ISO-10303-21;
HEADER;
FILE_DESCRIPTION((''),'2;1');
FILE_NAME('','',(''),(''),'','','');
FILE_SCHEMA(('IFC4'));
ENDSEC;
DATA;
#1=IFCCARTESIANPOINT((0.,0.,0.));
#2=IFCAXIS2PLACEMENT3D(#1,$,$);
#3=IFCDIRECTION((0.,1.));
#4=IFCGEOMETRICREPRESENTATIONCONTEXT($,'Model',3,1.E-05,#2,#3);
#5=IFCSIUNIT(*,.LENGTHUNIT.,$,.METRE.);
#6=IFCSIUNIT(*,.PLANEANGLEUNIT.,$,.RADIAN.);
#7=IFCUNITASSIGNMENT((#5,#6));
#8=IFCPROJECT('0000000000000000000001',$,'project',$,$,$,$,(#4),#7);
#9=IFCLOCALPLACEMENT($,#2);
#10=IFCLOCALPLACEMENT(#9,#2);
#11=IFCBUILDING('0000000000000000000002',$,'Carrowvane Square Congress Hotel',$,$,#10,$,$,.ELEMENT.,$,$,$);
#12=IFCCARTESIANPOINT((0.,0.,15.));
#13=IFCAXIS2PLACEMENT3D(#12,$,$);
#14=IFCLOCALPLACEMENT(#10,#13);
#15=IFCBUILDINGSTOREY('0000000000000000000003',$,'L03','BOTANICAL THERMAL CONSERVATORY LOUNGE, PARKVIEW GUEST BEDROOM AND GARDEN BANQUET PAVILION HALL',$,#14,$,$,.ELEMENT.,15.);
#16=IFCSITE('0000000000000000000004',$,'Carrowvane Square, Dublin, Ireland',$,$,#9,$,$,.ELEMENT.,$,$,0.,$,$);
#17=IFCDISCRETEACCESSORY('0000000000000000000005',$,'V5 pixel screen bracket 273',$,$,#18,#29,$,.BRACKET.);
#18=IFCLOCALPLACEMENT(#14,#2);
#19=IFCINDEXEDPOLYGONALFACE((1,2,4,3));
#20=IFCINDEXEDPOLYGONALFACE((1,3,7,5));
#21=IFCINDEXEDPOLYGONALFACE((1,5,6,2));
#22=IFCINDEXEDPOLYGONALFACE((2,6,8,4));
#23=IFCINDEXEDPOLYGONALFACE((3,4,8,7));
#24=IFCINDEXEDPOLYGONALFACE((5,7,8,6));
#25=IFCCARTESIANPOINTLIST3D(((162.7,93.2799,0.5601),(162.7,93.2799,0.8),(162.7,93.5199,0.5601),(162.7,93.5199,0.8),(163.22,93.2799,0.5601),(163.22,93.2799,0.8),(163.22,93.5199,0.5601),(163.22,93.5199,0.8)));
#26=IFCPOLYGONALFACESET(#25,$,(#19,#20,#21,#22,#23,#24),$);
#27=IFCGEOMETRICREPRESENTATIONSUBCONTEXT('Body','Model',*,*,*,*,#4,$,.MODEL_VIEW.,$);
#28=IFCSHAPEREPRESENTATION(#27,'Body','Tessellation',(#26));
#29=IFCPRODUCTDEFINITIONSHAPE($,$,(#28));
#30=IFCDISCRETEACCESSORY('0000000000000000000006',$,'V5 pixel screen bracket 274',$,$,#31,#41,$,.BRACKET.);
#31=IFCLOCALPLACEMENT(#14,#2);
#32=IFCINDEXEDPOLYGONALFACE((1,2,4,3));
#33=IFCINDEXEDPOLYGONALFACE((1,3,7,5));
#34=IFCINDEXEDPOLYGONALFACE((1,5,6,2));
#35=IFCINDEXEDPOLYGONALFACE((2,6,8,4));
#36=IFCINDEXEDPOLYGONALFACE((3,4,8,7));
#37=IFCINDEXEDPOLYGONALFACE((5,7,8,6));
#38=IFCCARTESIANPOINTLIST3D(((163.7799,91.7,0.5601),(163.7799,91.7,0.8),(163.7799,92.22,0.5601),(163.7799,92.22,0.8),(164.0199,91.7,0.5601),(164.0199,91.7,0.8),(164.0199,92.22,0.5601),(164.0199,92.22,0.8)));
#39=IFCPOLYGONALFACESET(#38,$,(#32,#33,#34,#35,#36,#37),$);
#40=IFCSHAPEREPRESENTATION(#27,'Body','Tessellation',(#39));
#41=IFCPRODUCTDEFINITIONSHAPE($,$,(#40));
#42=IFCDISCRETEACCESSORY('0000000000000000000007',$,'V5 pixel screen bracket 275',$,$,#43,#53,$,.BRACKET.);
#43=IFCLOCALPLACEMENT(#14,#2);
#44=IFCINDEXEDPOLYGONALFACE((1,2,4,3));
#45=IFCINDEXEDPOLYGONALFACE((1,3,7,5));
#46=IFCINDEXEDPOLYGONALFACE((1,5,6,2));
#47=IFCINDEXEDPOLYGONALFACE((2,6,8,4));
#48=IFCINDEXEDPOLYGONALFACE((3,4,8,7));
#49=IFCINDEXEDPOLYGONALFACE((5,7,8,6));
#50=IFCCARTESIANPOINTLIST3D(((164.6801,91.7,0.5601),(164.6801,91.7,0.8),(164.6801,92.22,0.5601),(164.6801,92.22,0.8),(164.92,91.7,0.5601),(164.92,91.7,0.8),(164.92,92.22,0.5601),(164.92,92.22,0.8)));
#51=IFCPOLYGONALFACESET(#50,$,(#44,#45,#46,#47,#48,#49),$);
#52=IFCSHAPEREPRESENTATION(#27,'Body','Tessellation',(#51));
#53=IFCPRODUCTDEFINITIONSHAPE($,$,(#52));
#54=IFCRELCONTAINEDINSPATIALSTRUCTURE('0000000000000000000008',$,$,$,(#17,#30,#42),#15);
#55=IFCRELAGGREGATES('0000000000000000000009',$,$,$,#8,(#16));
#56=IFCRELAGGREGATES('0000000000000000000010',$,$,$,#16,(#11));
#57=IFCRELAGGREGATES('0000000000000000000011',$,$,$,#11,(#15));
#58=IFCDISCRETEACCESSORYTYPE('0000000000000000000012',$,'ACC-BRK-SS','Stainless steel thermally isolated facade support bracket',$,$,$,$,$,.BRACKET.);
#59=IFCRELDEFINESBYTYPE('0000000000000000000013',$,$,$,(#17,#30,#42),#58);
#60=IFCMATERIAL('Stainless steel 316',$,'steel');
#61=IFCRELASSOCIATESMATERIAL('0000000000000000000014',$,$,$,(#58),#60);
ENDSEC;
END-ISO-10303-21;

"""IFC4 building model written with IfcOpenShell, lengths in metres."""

from ifc_helpers import new_model, si_unit, direction, frame, origin, origin_2d, place, context, subcontext, project, spatial, rectangle, extrude, material, type_object, element, save


model = new_model("IFC4")

# Units and contexts
model_context = context("Model", 3, precision=1e-05, world=origin(), true_north=direction((0.0, 1.0)))
body_context = subcontext(model_context, "Body", "Model", "MODEL_VIEW")
ifc_project = project(units=[si_unit("LENGTHUNIT", "METRE"), si_unit("PLANEANGLEUNIT", "RADIAN")], contexts=[model_context])

# Site, building, storey
site_placement = place(None, origin())
site = spatial("IfcSite", under=ifc_project, at=site_placement, Name="Carrowvane Square, Dublin, Ireland", CompositionType="ELEMENT", RefElevation=0.0)
building_placement = place(site_placement, origin())
building = spatial("IfcBuilding", under=site, at=building_placement, Name="Carrowvane Square Congress Hotel", CompositionType="ELEMENT")
storey_placement = place(building_placement, frame((0.0, 0.0, 15.0)))
storey = spatial("IfcBuildingStorey", under=building, at=storey_placement, Name="L03", Description="BOTANICAL THERMAL CONSERVATORY LOUNGE, PARKVIEW GUEST BEDROOM AND GARDEN BANQUET PAVILION HALL", CompositionType="ELEMENT", Elevation=15.0)

# Discrete accessories
ifc_material_1 = material(Name="Stainless steel 316", Category="steel")
discrete_accessory_type = type_object("IfcDiscreteAccessoryType", Name="ACC-BRK-SS", Description="Stainless steel thermally isolated facade support bracket", PredefinedType="BRACKET", material=ifc_material_1)
for number, where, z_axis, x_axis, name in (
    (1, (162.96, 93.3999, 0.5601), (0.0, 0.0, 1.0), (0.0, -1.0, 0.0), "V5 pixel screen bracket 273"),
    (2, (163.8999, 91.96, 0.5601), (0.0, 0.0, 1.0), (1.0, 0.0, 0.0), "V5 pixel screen bracket 274"),
    (3, (164.8, 91.96, 0.5601), (0.0, 0.0, 1.0), (1.0, 0.0, 0.0), "V5 pixel screen bracket 275"),
):
    element("IfcDiscreteAccessory", number, at=place(storey_placement, frame(where, z_axis=z_axis, x_axis=x_axis)), inside=storey, type_object=discrete_accessory_type, Name=name, PredefinedType="BRACKET", context=body_context, shape_type="SweptSolid", body=[
        extrude(rectangle(XDim=0.24, YDim=0.52, at=origin_2d()), origin(), (0.0, 0.0, 1.0), 0.24),
    ])

save(model, "model.ifc")
